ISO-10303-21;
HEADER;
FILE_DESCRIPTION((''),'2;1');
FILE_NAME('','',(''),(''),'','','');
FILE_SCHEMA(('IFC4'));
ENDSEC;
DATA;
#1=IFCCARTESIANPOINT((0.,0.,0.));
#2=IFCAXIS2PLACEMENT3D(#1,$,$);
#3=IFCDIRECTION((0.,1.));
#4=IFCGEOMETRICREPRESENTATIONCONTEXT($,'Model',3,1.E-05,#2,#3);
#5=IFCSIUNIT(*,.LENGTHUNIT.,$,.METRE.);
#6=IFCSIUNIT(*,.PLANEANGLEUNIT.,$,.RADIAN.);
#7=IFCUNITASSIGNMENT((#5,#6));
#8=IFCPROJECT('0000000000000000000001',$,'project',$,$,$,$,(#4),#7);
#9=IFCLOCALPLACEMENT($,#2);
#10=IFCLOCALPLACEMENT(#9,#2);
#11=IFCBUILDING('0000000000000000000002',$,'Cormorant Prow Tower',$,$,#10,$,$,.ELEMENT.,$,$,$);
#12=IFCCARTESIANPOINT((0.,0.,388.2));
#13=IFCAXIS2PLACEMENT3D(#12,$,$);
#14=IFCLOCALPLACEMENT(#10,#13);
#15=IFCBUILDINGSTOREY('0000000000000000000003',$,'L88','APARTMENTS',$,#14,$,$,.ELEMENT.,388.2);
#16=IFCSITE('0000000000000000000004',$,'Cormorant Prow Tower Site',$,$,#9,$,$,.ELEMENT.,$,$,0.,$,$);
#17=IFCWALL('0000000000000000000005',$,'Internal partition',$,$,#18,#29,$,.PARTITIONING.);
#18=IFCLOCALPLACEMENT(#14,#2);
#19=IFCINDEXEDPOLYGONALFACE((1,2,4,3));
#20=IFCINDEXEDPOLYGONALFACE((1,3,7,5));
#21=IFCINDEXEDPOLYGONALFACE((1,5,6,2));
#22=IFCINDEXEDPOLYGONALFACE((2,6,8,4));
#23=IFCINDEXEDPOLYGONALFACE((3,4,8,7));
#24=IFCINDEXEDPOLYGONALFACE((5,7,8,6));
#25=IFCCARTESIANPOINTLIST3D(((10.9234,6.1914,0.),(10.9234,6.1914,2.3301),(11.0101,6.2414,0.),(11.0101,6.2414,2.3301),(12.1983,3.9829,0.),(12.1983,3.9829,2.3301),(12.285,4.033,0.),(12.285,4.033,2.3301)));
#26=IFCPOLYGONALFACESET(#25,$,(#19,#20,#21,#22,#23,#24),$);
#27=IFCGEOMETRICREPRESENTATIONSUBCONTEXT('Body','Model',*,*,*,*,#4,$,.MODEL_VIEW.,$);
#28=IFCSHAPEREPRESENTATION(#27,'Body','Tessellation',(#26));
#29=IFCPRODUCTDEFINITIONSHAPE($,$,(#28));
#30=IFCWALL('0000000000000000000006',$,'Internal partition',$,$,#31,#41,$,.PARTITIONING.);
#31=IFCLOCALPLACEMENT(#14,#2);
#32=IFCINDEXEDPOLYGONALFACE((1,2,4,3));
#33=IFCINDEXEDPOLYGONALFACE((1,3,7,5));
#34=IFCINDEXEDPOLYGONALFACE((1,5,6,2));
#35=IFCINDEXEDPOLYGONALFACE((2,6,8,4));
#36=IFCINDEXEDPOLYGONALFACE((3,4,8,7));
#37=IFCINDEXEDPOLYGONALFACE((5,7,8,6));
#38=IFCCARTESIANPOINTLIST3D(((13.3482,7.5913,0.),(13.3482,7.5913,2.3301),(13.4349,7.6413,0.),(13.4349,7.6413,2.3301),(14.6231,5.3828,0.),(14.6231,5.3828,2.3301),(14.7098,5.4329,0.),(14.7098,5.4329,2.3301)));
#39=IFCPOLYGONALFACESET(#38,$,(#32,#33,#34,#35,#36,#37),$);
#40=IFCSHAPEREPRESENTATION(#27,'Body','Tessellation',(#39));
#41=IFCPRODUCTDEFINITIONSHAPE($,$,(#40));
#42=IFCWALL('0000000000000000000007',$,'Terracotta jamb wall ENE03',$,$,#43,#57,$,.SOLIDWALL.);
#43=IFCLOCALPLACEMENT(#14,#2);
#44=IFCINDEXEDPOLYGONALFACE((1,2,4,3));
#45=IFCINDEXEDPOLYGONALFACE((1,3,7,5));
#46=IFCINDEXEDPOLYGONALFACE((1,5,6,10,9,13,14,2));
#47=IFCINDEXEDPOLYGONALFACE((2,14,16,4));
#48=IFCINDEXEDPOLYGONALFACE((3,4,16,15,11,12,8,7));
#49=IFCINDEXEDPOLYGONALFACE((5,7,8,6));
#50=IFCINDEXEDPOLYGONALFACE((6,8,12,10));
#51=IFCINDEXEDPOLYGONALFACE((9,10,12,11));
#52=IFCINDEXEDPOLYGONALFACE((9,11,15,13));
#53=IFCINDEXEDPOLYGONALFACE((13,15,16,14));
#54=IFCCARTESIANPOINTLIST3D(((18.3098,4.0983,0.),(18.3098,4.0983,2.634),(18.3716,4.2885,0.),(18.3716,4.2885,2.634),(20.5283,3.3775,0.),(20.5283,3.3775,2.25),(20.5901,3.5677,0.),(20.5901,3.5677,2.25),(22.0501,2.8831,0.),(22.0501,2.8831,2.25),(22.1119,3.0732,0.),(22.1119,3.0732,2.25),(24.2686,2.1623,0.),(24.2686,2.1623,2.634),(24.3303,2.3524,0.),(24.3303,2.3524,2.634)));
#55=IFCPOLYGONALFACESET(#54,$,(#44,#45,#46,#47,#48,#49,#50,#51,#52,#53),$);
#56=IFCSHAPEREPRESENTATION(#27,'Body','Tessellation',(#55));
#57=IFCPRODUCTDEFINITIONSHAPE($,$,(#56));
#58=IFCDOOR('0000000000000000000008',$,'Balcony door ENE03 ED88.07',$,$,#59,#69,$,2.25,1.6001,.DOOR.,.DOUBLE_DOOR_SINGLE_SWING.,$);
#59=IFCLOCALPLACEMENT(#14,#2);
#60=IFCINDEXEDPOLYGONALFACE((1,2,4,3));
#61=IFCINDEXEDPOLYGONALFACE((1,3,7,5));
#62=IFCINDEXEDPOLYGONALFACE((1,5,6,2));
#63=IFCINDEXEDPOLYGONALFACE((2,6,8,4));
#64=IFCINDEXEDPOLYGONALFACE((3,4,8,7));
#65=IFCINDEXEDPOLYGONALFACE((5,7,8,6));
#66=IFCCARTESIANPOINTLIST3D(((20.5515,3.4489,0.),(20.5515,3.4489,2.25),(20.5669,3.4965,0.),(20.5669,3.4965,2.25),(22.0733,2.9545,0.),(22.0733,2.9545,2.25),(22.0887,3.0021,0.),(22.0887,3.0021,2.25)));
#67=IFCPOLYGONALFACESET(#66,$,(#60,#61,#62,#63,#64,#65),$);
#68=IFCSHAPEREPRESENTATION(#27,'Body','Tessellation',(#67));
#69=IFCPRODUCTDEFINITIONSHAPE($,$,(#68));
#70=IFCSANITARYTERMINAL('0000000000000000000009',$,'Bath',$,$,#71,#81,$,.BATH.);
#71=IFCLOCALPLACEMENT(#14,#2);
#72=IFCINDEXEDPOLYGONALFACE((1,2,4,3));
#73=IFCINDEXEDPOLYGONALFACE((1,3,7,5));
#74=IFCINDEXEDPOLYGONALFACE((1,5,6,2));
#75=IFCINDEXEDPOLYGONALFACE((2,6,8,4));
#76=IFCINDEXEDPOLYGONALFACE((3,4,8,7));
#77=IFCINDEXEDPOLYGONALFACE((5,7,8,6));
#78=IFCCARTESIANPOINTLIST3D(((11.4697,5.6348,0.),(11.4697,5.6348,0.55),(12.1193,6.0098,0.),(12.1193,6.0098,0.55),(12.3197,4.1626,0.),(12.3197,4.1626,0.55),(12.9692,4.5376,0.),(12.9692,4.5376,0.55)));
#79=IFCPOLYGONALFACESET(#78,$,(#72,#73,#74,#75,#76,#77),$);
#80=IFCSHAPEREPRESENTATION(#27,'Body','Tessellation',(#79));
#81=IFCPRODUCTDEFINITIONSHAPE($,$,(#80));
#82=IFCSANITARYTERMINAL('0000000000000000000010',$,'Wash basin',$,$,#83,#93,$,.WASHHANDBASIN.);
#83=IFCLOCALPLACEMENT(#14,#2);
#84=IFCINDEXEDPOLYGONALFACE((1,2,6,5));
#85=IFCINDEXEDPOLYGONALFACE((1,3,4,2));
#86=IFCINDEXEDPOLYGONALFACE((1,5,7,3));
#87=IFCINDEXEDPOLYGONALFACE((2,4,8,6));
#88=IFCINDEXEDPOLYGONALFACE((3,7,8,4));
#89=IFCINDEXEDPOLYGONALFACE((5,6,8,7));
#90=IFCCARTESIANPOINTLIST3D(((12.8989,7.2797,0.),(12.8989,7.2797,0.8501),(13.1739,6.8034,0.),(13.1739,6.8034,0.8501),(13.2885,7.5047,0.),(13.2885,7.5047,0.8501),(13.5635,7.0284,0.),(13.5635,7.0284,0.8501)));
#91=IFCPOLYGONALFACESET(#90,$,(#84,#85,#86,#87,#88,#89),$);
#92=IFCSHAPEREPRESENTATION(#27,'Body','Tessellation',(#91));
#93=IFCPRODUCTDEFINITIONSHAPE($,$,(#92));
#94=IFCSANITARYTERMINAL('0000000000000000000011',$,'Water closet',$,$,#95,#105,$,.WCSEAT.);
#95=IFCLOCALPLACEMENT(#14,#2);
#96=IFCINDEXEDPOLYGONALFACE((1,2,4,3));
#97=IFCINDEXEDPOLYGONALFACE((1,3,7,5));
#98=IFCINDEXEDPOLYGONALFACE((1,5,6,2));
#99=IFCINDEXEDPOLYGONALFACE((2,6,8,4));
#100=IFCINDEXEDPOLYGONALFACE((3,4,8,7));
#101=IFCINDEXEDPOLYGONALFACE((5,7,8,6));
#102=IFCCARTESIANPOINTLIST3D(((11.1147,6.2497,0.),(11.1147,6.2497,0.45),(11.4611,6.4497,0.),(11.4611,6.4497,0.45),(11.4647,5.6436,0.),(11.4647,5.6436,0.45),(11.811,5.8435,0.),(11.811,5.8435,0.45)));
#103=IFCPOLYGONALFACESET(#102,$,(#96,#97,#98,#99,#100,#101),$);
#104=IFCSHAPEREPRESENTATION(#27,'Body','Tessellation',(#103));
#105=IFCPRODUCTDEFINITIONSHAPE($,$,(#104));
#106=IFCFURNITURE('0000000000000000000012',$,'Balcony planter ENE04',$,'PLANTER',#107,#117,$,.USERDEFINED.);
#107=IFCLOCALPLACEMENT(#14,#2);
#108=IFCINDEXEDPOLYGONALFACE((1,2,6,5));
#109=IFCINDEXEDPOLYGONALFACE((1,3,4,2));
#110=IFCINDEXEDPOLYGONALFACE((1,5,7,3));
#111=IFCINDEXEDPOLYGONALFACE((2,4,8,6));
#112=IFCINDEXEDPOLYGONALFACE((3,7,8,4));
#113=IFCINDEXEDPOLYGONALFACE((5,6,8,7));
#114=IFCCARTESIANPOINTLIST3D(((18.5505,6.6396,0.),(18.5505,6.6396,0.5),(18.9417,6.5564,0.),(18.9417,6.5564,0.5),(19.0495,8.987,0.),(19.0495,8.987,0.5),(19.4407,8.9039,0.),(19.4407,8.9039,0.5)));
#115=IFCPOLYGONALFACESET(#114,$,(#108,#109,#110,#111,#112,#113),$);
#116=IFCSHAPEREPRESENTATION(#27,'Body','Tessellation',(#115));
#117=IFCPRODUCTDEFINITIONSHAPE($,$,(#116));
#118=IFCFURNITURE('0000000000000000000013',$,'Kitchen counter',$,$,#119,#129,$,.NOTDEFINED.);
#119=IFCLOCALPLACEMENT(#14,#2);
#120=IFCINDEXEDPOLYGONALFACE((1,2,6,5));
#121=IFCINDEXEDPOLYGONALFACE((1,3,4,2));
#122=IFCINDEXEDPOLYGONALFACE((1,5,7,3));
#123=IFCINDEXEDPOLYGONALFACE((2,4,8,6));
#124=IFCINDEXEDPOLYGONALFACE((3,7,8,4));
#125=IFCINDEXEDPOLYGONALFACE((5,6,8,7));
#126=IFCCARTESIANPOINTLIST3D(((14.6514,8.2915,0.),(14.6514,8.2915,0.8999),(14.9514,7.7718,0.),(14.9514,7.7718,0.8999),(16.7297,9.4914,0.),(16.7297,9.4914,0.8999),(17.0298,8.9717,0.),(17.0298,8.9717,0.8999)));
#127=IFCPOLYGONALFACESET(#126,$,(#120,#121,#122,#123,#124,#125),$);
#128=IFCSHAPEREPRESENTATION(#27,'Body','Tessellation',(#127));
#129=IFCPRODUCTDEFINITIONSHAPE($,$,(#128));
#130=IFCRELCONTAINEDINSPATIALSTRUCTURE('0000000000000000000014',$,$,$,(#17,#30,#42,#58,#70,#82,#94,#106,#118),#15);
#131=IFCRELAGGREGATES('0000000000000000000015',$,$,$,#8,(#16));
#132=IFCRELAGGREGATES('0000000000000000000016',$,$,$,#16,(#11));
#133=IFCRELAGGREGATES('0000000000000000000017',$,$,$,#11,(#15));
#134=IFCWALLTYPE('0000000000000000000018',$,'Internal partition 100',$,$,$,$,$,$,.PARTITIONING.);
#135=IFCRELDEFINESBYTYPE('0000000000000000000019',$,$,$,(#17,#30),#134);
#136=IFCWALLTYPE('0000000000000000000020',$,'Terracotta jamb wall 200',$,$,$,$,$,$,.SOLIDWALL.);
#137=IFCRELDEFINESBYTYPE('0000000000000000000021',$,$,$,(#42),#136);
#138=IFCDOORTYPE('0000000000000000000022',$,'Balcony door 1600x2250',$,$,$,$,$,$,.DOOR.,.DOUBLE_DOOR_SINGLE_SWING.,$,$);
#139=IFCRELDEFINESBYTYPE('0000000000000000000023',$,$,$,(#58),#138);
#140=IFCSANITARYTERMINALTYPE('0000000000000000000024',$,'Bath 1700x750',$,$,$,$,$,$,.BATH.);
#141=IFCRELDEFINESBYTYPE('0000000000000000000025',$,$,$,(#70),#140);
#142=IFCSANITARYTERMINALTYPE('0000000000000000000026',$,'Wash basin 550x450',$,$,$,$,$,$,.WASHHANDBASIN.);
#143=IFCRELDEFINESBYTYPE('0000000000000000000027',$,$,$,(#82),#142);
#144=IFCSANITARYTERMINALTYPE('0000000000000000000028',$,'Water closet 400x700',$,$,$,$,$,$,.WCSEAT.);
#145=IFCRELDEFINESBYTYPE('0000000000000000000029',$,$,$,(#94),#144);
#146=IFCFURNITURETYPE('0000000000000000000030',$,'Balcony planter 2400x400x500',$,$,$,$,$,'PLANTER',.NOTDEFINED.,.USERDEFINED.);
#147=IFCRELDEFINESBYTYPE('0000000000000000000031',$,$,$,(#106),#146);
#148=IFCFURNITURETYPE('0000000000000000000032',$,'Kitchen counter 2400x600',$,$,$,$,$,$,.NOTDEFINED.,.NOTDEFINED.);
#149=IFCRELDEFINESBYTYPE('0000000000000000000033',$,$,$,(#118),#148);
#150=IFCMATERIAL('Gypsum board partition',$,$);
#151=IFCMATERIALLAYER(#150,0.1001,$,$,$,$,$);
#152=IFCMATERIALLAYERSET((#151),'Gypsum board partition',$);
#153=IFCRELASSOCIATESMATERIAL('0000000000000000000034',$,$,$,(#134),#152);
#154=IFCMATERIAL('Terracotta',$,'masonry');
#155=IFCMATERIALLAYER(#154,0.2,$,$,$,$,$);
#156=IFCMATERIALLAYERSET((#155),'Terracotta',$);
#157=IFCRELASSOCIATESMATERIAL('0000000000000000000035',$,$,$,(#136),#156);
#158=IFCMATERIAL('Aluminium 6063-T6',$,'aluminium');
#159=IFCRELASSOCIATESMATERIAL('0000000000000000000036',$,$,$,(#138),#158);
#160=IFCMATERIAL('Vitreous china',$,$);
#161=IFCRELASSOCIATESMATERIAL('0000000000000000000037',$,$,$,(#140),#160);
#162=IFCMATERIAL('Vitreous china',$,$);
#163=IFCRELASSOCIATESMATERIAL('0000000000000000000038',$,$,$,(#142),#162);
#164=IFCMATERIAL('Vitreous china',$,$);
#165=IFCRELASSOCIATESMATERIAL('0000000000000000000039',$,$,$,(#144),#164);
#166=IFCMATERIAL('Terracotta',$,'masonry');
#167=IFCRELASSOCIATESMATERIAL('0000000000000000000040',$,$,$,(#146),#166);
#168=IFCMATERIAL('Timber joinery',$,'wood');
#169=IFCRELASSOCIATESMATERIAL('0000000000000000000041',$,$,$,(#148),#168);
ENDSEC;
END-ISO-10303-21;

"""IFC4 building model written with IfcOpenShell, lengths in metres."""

from ifc_helpers import new_model, si_unit, direction, frame, frame_2d, origin, origin_2d, place, context, subcontext, project, spatial, rectangle, extrude, material, layer, layer_set, type_object, element, fill, save


model = new_model("IFC4")

# Units and contexts
model_context = context("Model", 3, precision=1e-05, world=origin(), true_north=direction((0.0, 1.0)))
body_context = subcontext(model_context, "Body", "Model", "MODEL_VIEW")
ifc_project = project(units=[si_unit("LENGTHUNIT", "METRE"), si_unit("PLANEANGLEUNIT", "RADIAN")], contexts=[model_context])

# Site, building, storey
site_placement = place(None, origin())
site = spatial("IfcSite", under=ifc_project, at=site_placement, Name="Cormorant Prow Tower Site", CompositionType="ELEMENT", RefElevation=0.0)
building_placement = place(site_placement, origin())
building = spatial("IfcBuilding", under=site, at=building_placement, Name="Cormorant Prow Tower", CompositionType="ELEMENT")
storey_placement = place(building_placement, frame((0.0, 0.0, 388.2)))
storey = spatial("IfcBuildingStorey", under=building, at=storey_placement, Name="L88", Description="APARTMENTS", CompositionType="ELEMENT", Elevation=388.2)

# Shared definitions
ifc_material_1 = material(Name="Gypsum board partition")
ifc_layer_1 = layer(ifc_material_1, 0.1001)
ifc_layer_set_1 = layer_set([ifc_layer_1], Name="Gypsum board partition")
wall_type_1 = type_object("IfcWallType", Name="Internal partition 100", PredefinedType="PARTITIONING", material=ifc_layer_set_1)

# Walls
for number, where, z_axis, x_axis, name in (
    (1, (10.9668, 6.2163, 0.0), (0.0, 0.0, 1.0), (0.499949, -0.866055, 0.0), "Internal partition"),
    (2, (13.3916, 7.6162, 0.0), (0.0, 0.0, 1.0), (0.499949, -0.866055, 0.0), "Internal partition"),
):
    element("IfcWall", number, at=place(storey_placement, frame(where, z_axis=z_axis, x_axis=x_axis)), inside=storey, type_object=wall_type_1, Name=name, PredefinedType="PARTITIONING", context=body_context, shape_type="SweptSolid", body=[
        extrude(rectangle(XDim=2.55, YDim=0.1001, at=frame_2d((1.2749, 0.0))), origin(), (0.0, 0.0, 1.0), 2.3301),
    ])

# Wall, opening, door
ifc_material_2 = material(Name="Terracotta", Category="masonry")
ifc_layer_2 = layer(ifc_material_2, 0.2)
ifc_layer_set_2 = layer_set([ifc_layer_2], Name="Terracotta")
wall_type_2 = type_object("IfcWallType", Name="Terracotta jamb wall 200", PredefinedType="SOLIDWALL", material=ifc_layer_set_2)
wall_1_placement = place(storey_placement, frame((24.2996, 2.2573, 0.0), z_axis=(0.0, 0.0, 1.0), x_axis=(-0.95106, 0.309006, 0.0)))
wall_1 = element("IfcWall", 3, at=wall_1_placement, inside=storey, type_object=wall_type_2, Name="Terracotta jamb wall ENE03", PredefinedType="SOLIDWALL", context=body_context, shape_type="SweptSolid", body=[
    extrude(rectangle(XDim=6.2654, YDim=0.2, at=frame_2d((3.1328, 0.0))), origin(), (0.0, 0.0, 1.0), 2.634),
])
opening_1_placement = place(wall_1_placement, frame((2.3328, 0.0, 0.0)))
opening_1 = element("IfcOpeningElement", 4, at=opening_1_placement, cuts=wall_1, PredefinedType="OPENING", context=body_context, shape_type="SweptSolid", body=[
    extrude(rectangle(XDim=1.6001, YDim=2.25, at=frame_2d((0.8, 1.125))), frame((0.0, 0.1099, 0.0), z_axis=(0.0, -1.0, 0.0), x_axis=(1.0, 0.0, 0.0)), (0.0, 0.0, 1.0), 0.22),
])
ifc_material_3 = material(Name="Aluminium 6063-T6", Category="aluminium")
door_type_1 = type_object("IfcDoorType", Name="Balcony door 1600x2250", OperationType="DOUBLE_DOOR_SINGLE_SWING", PredefinedType="DOOR", material=ifc_material_3)
door_1_placement = place(opening_1_placement, origin())
door_1 = element("IfcDoor", 5, at=door_1_placement, inside=storey, type_object=door_type_1, Name="Balcony door ENE03 ED88.07", OperationType="DOUBLE_DOOR_SINGLE_SWING", OverallHeight=2.25, OverallWidth=1.6001, PredefinedType="DOOR", context=body_context, shape_type="SweptSolid", body=[
    extrude(rectangle(XDim=1.6001, YDim=2.25, at=frame_2d((0.8, 1.125))), frame((0.0, 0.0249, 0.0), z_axis=(0.0, -1.0, 0.0), x_axis=(1.0, 0.0, 0.0)), (0.0, 0.0, 1.0), 0.05),
])
fill(opening_1, door_1)

# Sanitary terminals
ifc_material_4 = material(Name="Vitreous china")
sanitary_terminal_type_1 = type_object("IfcSanitaryTerminalType", Name="Bath 1700x750", PredefinedType="BATH", material=ifc_material_4)
sanitary_terminal_1_placement = place(storey_placement, frame((12.2195, 5.0862, 0.0), z_axis=(0.0, 0.0, 1.0), x_axis=(-0.5, 0.866025, 0.0)))
element("IfcSanitaryTerminal", 6, at=sanitary_terminal_1_placement, inside=storey, type_object=sanitary_terminal_type_1, Name="Bath", PredefinedType="BATH", context=body_context, shape_type="SweptSolid", body=[
    extrude(rectangle(XDim=1.7, YDim=0.75, at=origin_2d()), origin(), (0.0, 0.0, 1.0), 0.55),
])
ifc_material_5 = material(Name="Vitreous china")
sanitary_terminal_type_2 = type_object("IfcSanitaryTerminalType", Name="Wash basin 550x450", PredefinedType="WASHHANDBASIN", material=ifc_material_5)
sanitary_terminal_2_placement = place(storey_placement, frame((13.2312, 7.1541, 0.0), z_axis=(0.0, 0.0, 1.0), x_axis=(0.5, -0.866025, 0.0)))
element("IfcSanitaryTerminal", 7, at=sanitary_terminal_2_placement, inside=storey, type_object=sanitary_terminal_type_2, Name="Wash basin", PredefinedType="WASHHANDBASIN", context=body_context, shape_type="SweptSolid", body=[
    extrude(rectangle(XDim=0.55, YDim=0.45, at=origin_2d()), origin(), (0.0, 0.0, 1.0), 0.8501),
])
ifc_material_6 = material(Name="Vitreous china")
sanitary_terminal_type_3 = type_object("IfcSanitaryTerminalType", Name="Water closet 400x700", PredefinedType="WCSEAT", material=ifc_material_6)
sanitary_terminal_3_placement = place(storey_placement, frame((11.4629, 6.0466, 0.0), z_axis=(0.0, 0.0, 1.0), x_axis=(0.866025, 0.5, 0.0)))
element("IfcSanitaryTerminal", 8, at=sanitary_terminal_3_placement, inside=storey, type_object=sanitary_terminal_type_3, Name="Water closet", PredefinedType="WCSEAT", context=body_context, shape_type="SweptSolid", body=[
    extrude(rectangle(XDim=0.3999, YDim=0.7, at=origin_2d()), origin(), (0.0, 0.0, 1.0), 0.45),
])

# Furniture
ifc_material_7 = material(Name="Terracotta", Category="masonry")
furniture_type_1 = type_object("IfcFurnitureType", Name="Balcony planter 2400x400x500", ElementType="PLANTER", AssemblyPlace="NOTDEFINED", PredefinedType="USERDEFINED", material=ifc_material_7)
furniture_1_placement = place(storey_placement, frame((18.9956, 7.7717, 0.0), z_axis=(0.0, 0.0, 1.0), x_axis=(0.207912, 0.978148, 0.0)))
element("IfcFurniture", 9, at=furniture_1_placement, inside=storey, type_object=furniture_type_1, Name="Balcony planter ENE04", ObjectType="PLANTER", PredefinedType="USERDEFINED", context=body_context, shape_type="SweptSolid", body=[
    extrude(rectangle(XDim=2.3999, YDim=0.3999, at=origin_2d()), origin(), (0.0, 0.0, 1.0), 0.5),
])
ifc_material_8 = material(Name="Timber joinery", Category="wood")
furniture_type_2 = type_object("IfcFurnitureType", Name="Kitchen counter 2400x600", AssemblyPlace="NOTDEFINED", PredefinedType="NOTDEFINED", material=ifc_material_8)
furniture_2_placement = place(storey_placement, frame((15.8406, 8.6316, 0.0), z_axis=(0.0, 0.0, 1.0), x_axis=(0.866025, 0.5, 0.0)))
element("IfcFurniture", 10, at=furniture_2_placement, inside=storey, type_object=furniture_type_2, Name="Kitchen counter", PredefinedType="NOTDEFINED", context=body_context, shape_type="SweptSolid", body=[
    extrude(rectangle(XDim=2.3999, YDim=0.6001, at=origin_2d()), origin(), (0.0, 0.0, 1.0), 0.8999),
])

save(model, "model.ifc")
